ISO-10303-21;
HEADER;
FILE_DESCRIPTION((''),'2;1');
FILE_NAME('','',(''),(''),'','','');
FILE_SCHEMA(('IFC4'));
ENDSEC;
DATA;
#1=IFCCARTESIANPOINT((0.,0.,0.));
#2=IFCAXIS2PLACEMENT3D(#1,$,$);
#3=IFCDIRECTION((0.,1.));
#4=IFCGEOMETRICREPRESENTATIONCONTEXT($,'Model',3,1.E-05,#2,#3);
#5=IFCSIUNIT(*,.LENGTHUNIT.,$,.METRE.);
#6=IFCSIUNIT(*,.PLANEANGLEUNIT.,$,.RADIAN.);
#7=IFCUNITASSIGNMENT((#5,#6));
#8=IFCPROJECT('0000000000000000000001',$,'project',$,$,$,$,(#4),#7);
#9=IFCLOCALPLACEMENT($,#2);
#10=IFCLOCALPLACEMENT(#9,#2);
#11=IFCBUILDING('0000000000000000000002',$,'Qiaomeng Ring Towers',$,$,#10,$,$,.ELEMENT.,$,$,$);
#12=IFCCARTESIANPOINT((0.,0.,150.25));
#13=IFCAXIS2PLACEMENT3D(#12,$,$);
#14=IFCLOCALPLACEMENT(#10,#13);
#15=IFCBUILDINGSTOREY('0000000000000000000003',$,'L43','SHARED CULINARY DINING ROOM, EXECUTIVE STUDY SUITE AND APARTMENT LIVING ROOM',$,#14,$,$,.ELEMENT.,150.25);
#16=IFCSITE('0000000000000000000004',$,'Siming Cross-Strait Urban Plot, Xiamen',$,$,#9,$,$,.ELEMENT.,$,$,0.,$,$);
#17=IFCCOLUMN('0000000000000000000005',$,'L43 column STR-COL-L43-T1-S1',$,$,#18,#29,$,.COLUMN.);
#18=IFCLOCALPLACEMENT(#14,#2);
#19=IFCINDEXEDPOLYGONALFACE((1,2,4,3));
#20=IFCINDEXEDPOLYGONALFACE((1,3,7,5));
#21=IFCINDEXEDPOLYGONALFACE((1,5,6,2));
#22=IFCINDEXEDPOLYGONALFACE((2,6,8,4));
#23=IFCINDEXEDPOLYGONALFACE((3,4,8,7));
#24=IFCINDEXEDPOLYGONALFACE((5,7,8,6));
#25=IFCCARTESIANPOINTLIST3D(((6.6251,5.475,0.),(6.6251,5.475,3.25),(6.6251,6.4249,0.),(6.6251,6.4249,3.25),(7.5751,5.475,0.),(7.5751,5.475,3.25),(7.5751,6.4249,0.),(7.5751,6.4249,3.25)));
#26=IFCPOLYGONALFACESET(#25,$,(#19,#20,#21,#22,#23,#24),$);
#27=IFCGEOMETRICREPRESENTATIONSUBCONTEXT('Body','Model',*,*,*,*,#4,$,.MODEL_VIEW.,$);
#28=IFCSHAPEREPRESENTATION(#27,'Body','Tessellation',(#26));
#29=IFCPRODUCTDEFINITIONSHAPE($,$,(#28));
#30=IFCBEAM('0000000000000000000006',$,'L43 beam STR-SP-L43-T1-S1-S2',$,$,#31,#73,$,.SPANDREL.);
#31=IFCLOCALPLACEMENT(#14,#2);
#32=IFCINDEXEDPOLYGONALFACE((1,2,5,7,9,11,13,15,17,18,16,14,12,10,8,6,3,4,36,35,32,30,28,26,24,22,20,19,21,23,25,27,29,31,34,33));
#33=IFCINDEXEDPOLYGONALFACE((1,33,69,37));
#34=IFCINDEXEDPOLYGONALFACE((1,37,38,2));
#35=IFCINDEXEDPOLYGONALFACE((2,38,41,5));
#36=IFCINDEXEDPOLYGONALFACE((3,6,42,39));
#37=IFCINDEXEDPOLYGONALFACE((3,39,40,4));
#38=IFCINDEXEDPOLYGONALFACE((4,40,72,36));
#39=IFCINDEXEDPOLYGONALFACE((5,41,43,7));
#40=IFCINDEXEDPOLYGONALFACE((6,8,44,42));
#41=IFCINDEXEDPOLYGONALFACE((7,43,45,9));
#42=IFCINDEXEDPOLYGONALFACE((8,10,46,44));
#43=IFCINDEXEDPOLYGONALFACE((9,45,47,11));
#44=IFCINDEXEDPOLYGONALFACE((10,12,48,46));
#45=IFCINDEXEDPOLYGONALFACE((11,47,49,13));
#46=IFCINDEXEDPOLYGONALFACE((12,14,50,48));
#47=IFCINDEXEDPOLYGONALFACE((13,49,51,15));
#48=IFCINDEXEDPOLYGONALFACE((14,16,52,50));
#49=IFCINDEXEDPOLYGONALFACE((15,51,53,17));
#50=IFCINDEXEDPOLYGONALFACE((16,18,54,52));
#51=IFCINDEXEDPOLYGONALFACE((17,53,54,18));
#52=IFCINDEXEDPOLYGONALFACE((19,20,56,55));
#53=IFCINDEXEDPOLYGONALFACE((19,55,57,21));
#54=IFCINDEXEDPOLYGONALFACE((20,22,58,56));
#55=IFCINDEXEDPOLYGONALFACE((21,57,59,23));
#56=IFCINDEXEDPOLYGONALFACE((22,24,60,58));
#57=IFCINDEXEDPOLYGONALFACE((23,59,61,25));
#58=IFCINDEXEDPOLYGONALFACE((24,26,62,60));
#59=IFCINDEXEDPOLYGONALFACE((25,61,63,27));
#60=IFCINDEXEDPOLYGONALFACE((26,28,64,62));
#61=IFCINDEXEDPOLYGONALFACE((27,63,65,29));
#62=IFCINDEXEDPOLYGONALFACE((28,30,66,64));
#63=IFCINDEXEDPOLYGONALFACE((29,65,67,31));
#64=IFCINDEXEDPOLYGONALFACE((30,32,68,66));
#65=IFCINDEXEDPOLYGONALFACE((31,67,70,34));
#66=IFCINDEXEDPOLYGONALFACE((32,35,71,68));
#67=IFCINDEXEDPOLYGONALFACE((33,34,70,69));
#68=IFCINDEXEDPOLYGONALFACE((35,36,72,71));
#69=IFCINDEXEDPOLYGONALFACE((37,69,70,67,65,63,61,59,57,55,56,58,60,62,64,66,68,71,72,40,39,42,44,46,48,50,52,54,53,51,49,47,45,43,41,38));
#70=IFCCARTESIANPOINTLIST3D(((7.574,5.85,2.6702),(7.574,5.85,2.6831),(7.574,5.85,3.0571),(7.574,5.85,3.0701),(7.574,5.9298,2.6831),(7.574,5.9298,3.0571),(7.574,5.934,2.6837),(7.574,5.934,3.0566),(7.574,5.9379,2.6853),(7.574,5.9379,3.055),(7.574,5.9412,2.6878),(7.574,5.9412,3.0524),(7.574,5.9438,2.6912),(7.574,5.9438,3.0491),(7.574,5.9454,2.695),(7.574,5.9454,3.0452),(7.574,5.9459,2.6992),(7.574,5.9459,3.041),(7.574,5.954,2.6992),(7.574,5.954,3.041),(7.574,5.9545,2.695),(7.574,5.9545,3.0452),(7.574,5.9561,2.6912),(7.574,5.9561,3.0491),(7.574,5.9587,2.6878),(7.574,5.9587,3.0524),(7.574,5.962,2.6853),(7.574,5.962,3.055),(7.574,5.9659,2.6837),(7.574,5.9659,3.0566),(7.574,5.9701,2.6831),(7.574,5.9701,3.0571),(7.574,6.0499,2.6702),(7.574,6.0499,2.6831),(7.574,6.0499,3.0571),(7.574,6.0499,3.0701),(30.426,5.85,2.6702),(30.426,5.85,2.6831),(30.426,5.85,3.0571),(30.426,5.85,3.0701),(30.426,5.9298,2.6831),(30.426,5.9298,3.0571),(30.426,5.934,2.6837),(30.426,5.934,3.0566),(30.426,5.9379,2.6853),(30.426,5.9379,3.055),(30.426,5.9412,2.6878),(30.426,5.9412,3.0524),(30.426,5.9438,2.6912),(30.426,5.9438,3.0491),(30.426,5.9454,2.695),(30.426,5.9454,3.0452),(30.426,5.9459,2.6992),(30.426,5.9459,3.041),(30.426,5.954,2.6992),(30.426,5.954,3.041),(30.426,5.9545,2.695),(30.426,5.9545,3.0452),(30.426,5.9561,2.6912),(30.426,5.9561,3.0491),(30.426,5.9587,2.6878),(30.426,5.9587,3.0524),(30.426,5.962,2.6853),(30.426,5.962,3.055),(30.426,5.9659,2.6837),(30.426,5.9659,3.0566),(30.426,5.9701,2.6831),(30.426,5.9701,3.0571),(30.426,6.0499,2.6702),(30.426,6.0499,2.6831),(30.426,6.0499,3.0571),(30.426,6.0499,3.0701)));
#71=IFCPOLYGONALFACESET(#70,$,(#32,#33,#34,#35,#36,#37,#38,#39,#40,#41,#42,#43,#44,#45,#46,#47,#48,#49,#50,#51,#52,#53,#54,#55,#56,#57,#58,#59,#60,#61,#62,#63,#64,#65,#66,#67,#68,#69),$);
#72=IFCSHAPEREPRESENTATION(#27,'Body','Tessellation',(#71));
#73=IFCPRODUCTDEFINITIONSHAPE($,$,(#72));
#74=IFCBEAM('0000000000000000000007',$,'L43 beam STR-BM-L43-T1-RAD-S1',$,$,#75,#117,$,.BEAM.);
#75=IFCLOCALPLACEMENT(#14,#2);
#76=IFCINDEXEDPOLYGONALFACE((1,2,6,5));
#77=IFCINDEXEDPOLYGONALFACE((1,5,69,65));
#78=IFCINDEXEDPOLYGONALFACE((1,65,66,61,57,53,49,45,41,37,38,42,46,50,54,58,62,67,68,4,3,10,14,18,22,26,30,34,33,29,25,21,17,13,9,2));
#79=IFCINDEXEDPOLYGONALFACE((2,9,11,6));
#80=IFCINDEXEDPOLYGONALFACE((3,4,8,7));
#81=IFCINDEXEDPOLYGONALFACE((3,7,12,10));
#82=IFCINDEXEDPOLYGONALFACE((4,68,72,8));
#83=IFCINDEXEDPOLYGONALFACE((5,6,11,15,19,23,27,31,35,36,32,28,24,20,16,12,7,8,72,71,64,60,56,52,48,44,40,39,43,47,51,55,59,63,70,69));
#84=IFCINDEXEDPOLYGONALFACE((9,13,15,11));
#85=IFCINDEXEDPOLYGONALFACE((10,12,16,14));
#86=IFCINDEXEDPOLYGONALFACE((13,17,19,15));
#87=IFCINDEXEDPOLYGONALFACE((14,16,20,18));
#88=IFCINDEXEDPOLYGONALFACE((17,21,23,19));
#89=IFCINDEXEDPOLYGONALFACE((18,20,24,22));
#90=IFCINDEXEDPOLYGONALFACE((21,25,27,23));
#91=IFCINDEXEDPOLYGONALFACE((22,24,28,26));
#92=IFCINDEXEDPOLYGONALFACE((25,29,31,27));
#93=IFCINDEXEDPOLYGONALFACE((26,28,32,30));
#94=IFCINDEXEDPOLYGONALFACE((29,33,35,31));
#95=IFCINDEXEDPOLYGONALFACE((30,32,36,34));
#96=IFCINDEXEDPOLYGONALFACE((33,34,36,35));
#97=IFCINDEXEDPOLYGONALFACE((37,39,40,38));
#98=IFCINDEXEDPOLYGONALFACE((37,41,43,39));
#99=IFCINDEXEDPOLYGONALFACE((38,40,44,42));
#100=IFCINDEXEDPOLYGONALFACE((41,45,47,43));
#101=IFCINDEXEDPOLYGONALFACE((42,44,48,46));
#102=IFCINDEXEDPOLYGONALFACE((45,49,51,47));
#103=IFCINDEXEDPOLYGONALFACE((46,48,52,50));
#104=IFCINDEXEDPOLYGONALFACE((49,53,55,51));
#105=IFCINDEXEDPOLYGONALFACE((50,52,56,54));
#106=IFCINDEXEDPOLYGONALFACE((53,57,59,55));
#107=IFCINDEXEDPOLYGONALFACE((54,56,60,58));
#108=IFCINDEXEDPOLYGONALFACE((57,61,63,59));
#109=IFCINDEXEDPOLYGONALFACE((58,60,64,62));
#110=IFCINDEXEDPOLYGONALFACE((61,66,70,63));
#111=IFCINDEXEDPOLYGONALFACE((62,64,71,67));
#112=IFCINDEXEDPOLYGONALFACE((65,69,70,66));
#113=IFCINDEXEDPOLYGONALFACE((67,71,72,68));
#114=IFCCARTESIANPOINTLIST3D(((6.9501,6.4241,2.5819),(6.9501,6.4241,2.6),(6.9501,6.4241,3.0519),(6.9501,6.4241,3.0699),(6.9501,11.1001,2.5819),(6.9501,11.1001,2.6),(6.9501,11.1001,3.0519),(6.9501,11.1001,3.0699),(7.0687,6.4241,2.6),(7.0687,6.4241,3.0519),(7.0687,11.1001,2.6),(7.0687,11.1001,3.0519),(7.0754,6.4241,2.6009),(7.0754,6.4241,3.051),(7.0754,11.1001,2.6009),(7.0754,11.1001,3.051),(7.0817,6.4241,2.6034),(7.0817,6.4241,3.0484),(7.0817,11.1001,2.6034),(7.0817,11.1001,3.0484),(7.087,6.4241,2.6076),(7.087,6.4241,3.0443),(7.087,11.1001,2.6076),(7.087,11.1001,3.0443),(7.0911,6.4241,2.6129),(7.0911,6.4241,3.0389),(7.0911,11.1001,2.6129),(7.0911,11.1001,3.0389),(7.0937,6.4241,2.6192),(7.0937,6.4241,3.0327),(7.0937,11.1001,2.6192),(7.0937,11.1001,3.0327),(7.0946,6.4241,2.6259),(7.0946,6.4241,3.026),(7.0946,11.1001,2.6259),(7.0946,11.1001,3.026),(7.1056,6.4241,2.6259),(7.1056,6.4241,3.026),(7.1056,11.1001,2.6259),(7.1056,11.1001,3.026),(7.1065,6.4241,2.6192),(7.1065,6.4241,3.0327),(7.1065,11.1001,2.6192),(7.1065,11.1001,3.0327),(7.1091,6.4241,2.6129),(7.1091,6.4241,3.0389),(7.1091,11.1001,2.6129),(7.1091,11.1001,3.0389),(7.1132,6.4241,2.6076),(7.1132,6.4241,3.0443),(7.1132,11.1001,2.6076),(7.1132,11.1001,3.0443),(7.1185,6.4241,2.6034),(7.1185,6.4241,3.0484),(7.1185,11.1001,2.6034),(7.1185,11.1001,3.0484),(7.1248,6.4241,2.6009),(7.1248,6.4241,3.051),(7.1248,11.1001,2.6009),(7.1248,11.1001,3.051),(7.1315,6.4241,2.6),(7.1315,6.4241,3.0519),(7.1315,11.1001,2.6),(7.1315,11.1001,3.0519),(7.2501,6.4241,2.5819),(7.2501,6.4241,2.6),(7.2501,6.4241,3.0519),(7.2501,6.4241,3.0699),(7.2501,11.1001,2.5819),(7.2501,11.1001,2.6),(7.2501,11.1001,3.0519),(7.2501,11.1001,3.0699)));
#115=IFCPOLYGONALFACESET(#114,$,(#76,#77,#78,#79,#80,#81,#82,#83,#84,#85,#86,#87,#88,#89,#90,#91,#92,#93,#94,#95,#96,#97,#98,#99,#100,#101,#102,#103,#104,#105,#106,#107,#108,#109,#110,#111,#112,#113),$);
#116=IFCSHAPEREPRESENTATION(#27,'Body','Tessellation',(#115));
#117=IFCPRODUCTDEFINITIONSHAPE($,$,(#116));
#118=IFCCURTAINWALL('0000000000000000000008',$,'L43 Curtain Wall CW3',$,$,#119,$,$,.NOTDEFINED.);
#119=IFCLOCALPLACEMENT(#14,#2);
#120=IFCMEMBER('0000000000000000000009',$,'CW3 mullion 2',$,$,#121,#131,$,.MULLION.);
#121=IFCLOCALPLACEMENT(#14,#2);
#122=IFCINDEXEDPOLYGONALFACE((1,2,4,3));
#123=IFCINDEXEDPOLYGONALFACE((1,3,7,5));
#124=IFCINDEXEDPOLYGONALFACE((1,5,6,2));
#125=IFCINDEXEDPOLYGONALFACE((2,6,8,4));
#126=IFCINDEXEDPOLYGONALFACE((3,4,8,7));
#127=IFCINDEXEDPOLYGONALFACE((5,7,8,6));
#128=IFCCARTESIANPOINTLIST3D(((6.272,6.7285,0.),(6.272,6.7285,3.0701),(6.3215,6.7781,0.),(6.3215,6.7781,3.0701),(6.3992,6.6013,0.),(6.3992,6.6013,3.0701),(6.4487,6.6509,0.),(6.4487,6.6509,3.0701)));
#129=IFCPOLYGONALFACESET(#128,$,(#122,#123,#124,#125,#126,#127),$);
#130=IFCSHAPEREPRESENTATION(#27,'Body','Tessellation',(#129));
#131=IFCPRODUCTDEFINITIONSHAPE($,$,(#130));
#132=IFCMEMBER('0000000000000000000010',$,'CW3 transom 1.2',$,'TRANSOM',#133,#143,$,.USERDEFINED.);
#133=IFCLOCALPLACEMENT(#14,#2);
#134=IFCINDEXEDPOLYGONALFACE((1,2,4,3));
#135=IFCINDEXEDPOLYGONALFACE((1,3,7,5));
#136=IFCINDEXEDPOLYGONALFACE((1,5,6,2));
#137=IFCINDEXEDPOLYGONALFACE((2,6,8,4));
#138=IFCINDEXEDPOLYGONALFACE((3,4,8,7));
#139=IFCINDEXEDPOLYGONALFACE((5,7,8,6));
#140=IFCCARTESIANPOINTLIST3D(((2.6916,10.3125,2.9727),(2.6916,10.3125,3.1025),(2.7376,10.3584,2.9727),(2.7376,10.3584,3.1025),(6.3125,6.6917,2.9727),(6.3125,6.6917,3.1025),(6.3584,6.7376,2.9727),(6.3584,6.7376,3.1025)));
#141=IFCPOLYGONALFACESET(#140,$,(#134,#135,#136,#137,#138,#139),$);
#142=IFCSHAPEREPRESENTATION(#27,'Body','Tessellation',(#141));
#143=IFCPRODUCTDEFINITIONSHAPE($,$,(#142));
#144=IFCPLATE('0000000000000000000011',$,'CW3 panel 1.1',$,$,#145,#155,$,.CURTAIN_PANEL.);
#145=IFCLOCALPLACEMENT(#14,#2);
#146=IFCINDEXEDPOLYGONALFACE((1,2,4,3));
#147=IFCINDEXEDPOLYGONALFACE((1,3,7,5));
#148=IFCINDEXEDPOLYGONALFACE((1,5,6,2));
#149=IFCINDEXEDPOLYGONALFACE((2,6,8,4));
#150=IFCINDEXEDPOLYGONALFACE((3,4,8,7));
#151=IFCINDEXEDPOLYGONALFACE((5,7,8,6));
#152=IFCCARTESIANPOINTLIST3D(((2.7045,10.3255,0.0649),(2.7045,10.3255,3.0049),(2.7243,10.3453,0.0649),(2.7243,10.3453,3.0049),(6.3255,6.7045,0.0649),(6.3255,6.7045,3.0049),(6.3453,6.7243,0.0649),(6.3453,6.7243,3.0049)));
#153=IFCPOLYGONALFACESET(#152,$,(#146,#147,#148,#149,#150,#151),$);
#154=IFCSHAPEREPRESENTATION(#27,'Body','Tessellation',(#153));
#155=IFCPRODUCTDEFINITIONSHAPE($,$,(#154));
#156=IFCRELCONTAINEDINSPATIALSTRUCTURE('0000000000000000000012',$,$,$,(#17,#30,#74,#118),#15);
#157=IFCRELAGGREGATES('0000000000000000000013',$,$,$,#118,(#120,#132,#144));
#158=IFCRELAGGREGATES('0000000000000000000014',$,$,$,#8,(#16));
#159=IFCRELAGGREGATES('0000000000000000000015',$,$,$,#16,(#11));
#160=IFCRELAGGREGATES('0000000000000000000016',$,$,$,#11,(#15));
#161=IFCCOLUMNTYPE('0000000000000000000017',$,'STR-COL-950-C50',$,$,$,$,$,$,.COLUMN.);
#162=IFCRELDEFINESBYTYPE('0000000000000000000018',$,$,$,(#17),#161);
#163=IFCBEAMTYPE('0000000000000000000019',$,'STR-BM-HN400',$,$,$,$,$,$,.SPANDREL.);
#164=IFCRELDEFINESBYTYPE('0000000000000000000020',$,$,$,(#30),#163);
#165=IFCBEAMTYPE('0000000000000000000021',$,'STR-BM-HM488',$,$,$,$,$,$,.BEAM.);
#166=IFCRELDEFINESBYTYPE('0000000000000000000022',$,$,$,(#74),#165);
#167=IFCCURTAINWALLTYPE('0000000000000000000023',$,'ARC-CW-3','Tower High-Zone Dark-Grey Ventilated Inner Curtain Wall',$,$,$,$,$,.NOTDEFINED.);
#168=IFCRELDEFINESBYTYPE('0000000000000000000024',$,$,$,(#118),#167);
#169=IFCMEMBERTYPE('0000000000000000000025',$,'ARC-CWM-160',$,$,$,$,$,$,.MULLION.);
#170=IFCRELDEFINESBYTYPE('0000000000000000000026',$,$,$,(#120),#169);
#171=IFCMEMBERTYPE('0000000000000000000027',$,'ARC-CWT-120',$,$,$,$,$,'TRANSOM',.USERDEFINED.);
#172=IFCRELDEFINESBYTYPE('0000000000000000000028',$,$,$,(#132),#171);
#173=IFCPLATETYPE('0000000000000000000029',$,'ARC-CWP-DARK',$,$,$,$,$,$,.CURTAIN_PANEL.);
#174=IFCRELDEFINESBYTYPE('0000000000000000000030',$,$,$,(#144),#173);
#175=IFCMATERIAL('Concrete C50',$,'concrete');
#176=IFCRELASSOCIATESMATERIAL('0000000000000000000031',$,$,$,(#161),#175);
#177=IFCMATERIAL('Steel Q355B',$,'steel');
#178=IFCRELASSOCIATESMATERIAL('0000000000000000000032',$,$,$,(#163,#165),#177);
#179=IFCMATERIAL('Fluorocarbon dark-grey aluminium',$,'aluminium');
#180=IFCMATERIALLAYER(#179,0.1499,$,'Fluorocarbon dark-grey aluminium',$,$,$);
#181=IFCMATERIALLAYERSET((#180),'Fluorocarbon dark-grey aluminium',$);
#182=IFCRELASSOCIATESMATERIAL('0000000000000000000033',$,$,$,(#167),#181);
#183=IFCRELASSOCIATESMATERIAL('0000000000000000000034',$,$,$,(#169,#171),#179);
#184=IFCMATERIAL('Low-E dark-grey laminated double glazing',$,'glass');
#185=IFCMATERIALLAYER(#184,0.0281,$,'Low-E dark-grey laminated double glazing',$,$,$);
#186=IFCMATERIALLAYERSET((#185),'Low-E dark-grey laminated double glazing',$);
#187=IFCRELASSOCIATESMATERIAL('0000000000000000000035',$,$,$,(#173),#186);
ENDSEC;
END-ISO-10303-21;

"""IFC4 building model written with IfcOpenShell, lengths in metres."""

from ifc_helpers import new_model, si_unit, direction, frame, origin, origin_2d, place, context, subcontext, project, spatial, rectangle, i_section, extrude, source, transform, mapped, material, layer, layer_set, material_profile, profile_set, type_object, element, aggregate, save


model = new_model("IFC4")

# Units and contexts
model_context = context("Model", 3, precision=1e-05, world=origin(), true_north=direction((0.0, 1.0)))
body_context = subcontext(model_context, "Body", "Model", "MODEL_VIEW")
ifc_project = project(units=[si_unit("LENGTHUNIT", "METRE"), si_unit("PLANEANGLEUNIT", "RADIAN")], contexts=[model_context])

# Site, building, storey
site_placement = place(None, origin())
site = spatial("IfcSite", under=ifc_project, at=site_placement, Name="Siming Cross-Strait Urban Plot, Xiamen", CompositionType="ELEMENT", RefElevation=0.0)
building_placement = place(site_placement, origin())
building = spatial("IfcBuilding", under=site, at=building_placement, Name="Qiaomeng Ring Towers", CompositionType="ELEMENT")
storey_placement = place(building_placement, frame((0.0, 0.0, 150.25)))
storey = spatial("IfcBuildingStorey", under=building, at=storey_placement, Name="L43", Description="SHARED CULINARY DINING ROOM, EXECUTIVE STUDY SUITE AND APARTMENT LIVING ROOM", CompositionType="ELEMENT", Elevation=150.25)

# Column
ifc_material_1 = material(Name="Concrete C50", Category="concrete")
ifc_material_profile_1 = material_profile(ifc_material_1, rectangle(XDim=0.95, YDim=0.95, at=origin_2d()), Name="RC COL 950x950")
ifc_profile_set_1 = profile_set([ifc_material_profile_1], Name="Concrete C50")
column_type = type_object("IfcColumnType", Name="STR-COL-950-C50", PredefinedType="COLUMN", material=ifc_profile_set_1)
shared_shape_1 = source(origin(), body_context, "Body", "SweptSolid", [
    extrude(rectangle(XDim=0.95, YDim=0.95, at=origin_2d()), origin(), (0.0, 0.0, 1.0), 3.25),
])
column_placement = place(storey_placement, frame((7.1001, 5.95, 0.0), z_axis=(0.0, 0.0, 1.0), x_axis=(1.0, 0.0, 0.0)))
element("IfcColumn", 1, at=column_placement, inside=storey, type_object=column_type, Name="L43 column STR-COL-L43-T1-S1", PredefinedType="COLUMN", context=body_context, shape_type="MappedRepresentation", body=[
    mapped(shared_shape_1, transform((0.0, 0.0, 0.0), x_axis=(1.0, 0.0, 0.0), y_axis=(0.0, 1.0, 0.0), z_axis=(0.0, 0.0, 1.0), scale=1.0)),
])

# Beams
ifc_material_2 = material(Name="Steel Q355B", Category="steel")
ifc_material_profile_2 = material_profile(ifc_material_2, i_section(OverallWidth=0.2, OverallDepth=0.3999, WebThickness=0.0081, FlangeThickness=0.0129, FilletRadius=0.0161, at=origin_2d()), Name="HN 400x200x8x13")
ifc_profile_set_2 = profile_set([ifc_material_profile_2], Name="Steel Q355B")
beam_type_1 = type_object("IfcBeamType", Name="STR-BM-HN400", PredefinedType="SPANDREL", material=ifc_profile_set_2)
shared_shape_2 = source(origin(), body_context, "Body", "SweptSolid", [
    extrude(i_section(OverallWidth=0.2, OverallDepth=0.3999, WebThickness=0.0081, FlangeThickness=0.0129, FilletRadius=0.0161, at=origin_2d()), origin(), (0.0, 0.0, 1.0), 22.8521),
])
beam_1_placement = place(storey_placement, frame((7.574, 5.95, 2.8701), z_axis=(1.0, 0.0, 0.0), x_axis=(0.0, 1.0, 0.0)))
element("IfcBeam", 2, at=beam_1_placement, inside=storey, type_object=beam_type_1, Name="L43 beam STR-SP-L43-T1-S1-S2", PredefinedType="SPANDREL", context=body_context, shape_type="MappedRepresentation", body=[
    mapped(shared_shape_2, transform((0.0, 0.0, 0.0), x_axis=(1.0, 0.0, 0.0), y_axis=(0.0, 1.0, 0.0), z_axis=(0.0, 0.0, 1.0), scale=1.0)),
])
ifc_material_profile_3 = material_profile(ifc_material_2, i_section(OverallWidth=0.3, OverallDepth=0.488, WebThickness=0.011, FlangeThickness=0.0181, FilletRadius=0.0259, at=origin_2d()), Name="HM 488x300x11x18")
ifc_profile_set_3 = profile_set([ifc_material_profile_3], Name="Steel Q355B")
beam_type_2 = type_object("IfcBeamType", Name="STR-BM-HM488", PredefinedType="BEAM", material=ifc_profile_set_3)
shared_shape_3 = source(origin(), body_context, "Body", "SweptSolid", [
    extrude(i_section(OverallWidth=0.3, OverallDepth=0.488, WebThickness=0.011, FlangeThickness=0.0181, FilletRadius=0.0259, at=origin_2d()), origin(), (0.0, 0.0, 1.0), 4.676),
])
beam_2_placement = place(storey_placement, frame((7.1001, 6.4241, 2.8259), z_axis=(0.0, 1.0, 0.0), x_axis=(-1.0, 0.0, 0.0)))
element("IfcBeam", 3, at=beam_2_placement, inside=storey, type_object=beam_type_2, Name="L43 beam STR-BM-L43-T1-RAD-S1", PredefinedType="BEAM", context=body_context, shape_type="MappedRepresentation", body=[
    mapped(shared_shape_3, transform((0.0, 0.0, 0.0), x_axis=(1.0, 0.0, 0.0), y_axis=(0.0, 1.0, 0.0), z_axis=(0.0, 0.0, 1.0), scale=1.0)),
])

# Curtain wall, members, plate
ifc_material_3 = material(Name="Fluorocarbon dark-grey aluminium", Category="aluminium")
ifc_layer_1 = layer(ifc_material_3, 0.1499, Name="Fluorocarbon dark-grey aluminium")
ifc_layer_set_1 = layer_set([ifc_layer_1], Name="Fluorocarbon dark-grey aluminium")
curtain_wall_type = type_object("IfcCurtainWallType", Name="ARC-CW-3", Description="Tower High-Zone Dark-Grey Ventilated Inner Curtain Wall", PredefinedType="NOTDEFINED", material=ifc_layer_set_1)
curtain_wall_placement = place(storey_placement, origin())
curtain_wall = element("IfcCurtainWall", 4, at=curtain_wall_placement, inside=storey, type_object=curtain_wall_type, Name="L43 Curtain Wall CW3", PredefinedType="NOTDEFINED")
ifc_material_profile_4 = material_profile(ifc_material_3, rectangle(XDim=0.0701, YDim=0.1799, at=origin_2d()), Name="ALU MULL 70x180")
ifc_profile_set_4 = profile_set([ifc_material_profile_4], Name="Fluorocarbon dark-grey aluminium")
member_type_1 = type_object("IfcMemberType", Name="ARC-CWM-160", PredefinedType="MULLION", material=ifc_profile_set_4)
shared_shape_4 = source(origin(), body_context, "Body", "SweptSolid", [
    extrude(rectangle(XDim=0.0701, YDim=0.1799, at=origin_2d()), origin(), (0.0, 0.0, 1.0), 3.0701),
])
member_1_placement = place(storey_placement, frame((6.3604, 6.6897, 0.0), z_axis=(0.0, 0.0, 1.0), x_axis=(0.707107, 0.707107, 0.0)))
member_1 = element("IfcMember", 5, at=member_1_placement, type_object=member_type_1, Name="CW3 mullion 2", PredefinedType="MULLION", context=body_context, shape_type="MappedRepresentation", body=[
    mapped(shared_shape_4, transform((0.0, 0.0, 0.0), x_axis=(1.0, 0.0, 0.0), y_axis=(0.0, 1.0, 0.0), z_axis=(0.0, 0.0, 1.0), scale=1.0)),
])
ifc_material_profile_5 = material_profile(ifc_material_3, rectangle(XDim=0.0649, YDim=0.1299, at=origin_2d()), Name="ALU TRAN 65x130")
ifc_profile_set_5 = profile_set([ifc_material_profile_5], Name="Fluorocarbon dark-grey aluminium")
member_type_2 = type_object("IfcMemberType", Name="ARC-CWT-120", ElementType="TRANSOM", PredefinedType="USERDEFINED", material=ifc_profile_set_5)
shared_shape_5 = source(origin(), body_context, "Body", "SweptSolid", [
    extrude(rectangle(XDim=0.0649, YDim=0.1299, at=origin_2d()), origin(), (0.0, 0.0, 1.0), 5.1206),
])
member_2_placement = place(storey_placement, frame((2.7146, 10.3354, 3.0376), z_axis=(0.707107, -0.707107, 0.0), x_axis=(0.707107, 0.707107, 0.0)))
member_2 = element("IfcMember", 6, at=member_2_placement, type_object=member_type_2, Name="CW3 transom 1.2", ObjectType="TRANSOM", PredefinedType="USERDEFINED", context=body_context, shape_type="MappedRepresentation", body=[
    mapped(shared_shape_5, transform((0.0, 0.0, 0.0), x_axis=(1.0, 0.0, 0.0), y_axis=(0.0, 1.0, 0.0), z_axis=(0.0, 0.0, 1.0), scale=1.0)),
])
ifc_material_4 = material(Name="Low-E dark-grey laminated double glazing", Category="glass")
ifc_layer_2 = layer(ifc_material_4, 0.0281, Name="Low-E dark-grey laminated double glazing")
ifc_layer_set_2 = layer_set([ifc_layer_2], Name="Low-E dark-grey laminated double glazing")
plate_type = type_object("IfcPlateType", Name="ARC-CWP-DARK", PredefinedType="CURTAIN_PANEL", material=ifc_layer_set_2)
shared_shape_6 = source(origin(), body_context, "Body", "SweptSolid", [
    extrude(rectangle(XDim=5.1208, YDim=0.0281, at=origin_2d()), origin(), (0.0, 0.0, 1.0), 2.9399),
])
plate_placement = place(storey_placement, frame((4.5249, 8.5249, 0.0649), z_axis=(0.0, 0.0, 1.0), x_axis=(0.707107, -0.707107, 0.0)))
plate = element("IfcPlate", 7, at=plate_placement, type_object=plate_type, Name="CW3 panel 1.1", PredefinedType="CURTAIN_PANEL", context=body_context, shape_type="MappedRepresentation", body=[
    mapped(shared_shape_6, transform((0.0, 0.0, 0.0), x_axis=(1.0, 0.0, 0.0), y_axis=(0.0, 1.0, 0.0), z_axis=(0.0, 0.0, 1.0), scale=1.0)),
])
aggregate(curtain_wall, [member_1, member_2, plate])

save(model, "model.ifc")
